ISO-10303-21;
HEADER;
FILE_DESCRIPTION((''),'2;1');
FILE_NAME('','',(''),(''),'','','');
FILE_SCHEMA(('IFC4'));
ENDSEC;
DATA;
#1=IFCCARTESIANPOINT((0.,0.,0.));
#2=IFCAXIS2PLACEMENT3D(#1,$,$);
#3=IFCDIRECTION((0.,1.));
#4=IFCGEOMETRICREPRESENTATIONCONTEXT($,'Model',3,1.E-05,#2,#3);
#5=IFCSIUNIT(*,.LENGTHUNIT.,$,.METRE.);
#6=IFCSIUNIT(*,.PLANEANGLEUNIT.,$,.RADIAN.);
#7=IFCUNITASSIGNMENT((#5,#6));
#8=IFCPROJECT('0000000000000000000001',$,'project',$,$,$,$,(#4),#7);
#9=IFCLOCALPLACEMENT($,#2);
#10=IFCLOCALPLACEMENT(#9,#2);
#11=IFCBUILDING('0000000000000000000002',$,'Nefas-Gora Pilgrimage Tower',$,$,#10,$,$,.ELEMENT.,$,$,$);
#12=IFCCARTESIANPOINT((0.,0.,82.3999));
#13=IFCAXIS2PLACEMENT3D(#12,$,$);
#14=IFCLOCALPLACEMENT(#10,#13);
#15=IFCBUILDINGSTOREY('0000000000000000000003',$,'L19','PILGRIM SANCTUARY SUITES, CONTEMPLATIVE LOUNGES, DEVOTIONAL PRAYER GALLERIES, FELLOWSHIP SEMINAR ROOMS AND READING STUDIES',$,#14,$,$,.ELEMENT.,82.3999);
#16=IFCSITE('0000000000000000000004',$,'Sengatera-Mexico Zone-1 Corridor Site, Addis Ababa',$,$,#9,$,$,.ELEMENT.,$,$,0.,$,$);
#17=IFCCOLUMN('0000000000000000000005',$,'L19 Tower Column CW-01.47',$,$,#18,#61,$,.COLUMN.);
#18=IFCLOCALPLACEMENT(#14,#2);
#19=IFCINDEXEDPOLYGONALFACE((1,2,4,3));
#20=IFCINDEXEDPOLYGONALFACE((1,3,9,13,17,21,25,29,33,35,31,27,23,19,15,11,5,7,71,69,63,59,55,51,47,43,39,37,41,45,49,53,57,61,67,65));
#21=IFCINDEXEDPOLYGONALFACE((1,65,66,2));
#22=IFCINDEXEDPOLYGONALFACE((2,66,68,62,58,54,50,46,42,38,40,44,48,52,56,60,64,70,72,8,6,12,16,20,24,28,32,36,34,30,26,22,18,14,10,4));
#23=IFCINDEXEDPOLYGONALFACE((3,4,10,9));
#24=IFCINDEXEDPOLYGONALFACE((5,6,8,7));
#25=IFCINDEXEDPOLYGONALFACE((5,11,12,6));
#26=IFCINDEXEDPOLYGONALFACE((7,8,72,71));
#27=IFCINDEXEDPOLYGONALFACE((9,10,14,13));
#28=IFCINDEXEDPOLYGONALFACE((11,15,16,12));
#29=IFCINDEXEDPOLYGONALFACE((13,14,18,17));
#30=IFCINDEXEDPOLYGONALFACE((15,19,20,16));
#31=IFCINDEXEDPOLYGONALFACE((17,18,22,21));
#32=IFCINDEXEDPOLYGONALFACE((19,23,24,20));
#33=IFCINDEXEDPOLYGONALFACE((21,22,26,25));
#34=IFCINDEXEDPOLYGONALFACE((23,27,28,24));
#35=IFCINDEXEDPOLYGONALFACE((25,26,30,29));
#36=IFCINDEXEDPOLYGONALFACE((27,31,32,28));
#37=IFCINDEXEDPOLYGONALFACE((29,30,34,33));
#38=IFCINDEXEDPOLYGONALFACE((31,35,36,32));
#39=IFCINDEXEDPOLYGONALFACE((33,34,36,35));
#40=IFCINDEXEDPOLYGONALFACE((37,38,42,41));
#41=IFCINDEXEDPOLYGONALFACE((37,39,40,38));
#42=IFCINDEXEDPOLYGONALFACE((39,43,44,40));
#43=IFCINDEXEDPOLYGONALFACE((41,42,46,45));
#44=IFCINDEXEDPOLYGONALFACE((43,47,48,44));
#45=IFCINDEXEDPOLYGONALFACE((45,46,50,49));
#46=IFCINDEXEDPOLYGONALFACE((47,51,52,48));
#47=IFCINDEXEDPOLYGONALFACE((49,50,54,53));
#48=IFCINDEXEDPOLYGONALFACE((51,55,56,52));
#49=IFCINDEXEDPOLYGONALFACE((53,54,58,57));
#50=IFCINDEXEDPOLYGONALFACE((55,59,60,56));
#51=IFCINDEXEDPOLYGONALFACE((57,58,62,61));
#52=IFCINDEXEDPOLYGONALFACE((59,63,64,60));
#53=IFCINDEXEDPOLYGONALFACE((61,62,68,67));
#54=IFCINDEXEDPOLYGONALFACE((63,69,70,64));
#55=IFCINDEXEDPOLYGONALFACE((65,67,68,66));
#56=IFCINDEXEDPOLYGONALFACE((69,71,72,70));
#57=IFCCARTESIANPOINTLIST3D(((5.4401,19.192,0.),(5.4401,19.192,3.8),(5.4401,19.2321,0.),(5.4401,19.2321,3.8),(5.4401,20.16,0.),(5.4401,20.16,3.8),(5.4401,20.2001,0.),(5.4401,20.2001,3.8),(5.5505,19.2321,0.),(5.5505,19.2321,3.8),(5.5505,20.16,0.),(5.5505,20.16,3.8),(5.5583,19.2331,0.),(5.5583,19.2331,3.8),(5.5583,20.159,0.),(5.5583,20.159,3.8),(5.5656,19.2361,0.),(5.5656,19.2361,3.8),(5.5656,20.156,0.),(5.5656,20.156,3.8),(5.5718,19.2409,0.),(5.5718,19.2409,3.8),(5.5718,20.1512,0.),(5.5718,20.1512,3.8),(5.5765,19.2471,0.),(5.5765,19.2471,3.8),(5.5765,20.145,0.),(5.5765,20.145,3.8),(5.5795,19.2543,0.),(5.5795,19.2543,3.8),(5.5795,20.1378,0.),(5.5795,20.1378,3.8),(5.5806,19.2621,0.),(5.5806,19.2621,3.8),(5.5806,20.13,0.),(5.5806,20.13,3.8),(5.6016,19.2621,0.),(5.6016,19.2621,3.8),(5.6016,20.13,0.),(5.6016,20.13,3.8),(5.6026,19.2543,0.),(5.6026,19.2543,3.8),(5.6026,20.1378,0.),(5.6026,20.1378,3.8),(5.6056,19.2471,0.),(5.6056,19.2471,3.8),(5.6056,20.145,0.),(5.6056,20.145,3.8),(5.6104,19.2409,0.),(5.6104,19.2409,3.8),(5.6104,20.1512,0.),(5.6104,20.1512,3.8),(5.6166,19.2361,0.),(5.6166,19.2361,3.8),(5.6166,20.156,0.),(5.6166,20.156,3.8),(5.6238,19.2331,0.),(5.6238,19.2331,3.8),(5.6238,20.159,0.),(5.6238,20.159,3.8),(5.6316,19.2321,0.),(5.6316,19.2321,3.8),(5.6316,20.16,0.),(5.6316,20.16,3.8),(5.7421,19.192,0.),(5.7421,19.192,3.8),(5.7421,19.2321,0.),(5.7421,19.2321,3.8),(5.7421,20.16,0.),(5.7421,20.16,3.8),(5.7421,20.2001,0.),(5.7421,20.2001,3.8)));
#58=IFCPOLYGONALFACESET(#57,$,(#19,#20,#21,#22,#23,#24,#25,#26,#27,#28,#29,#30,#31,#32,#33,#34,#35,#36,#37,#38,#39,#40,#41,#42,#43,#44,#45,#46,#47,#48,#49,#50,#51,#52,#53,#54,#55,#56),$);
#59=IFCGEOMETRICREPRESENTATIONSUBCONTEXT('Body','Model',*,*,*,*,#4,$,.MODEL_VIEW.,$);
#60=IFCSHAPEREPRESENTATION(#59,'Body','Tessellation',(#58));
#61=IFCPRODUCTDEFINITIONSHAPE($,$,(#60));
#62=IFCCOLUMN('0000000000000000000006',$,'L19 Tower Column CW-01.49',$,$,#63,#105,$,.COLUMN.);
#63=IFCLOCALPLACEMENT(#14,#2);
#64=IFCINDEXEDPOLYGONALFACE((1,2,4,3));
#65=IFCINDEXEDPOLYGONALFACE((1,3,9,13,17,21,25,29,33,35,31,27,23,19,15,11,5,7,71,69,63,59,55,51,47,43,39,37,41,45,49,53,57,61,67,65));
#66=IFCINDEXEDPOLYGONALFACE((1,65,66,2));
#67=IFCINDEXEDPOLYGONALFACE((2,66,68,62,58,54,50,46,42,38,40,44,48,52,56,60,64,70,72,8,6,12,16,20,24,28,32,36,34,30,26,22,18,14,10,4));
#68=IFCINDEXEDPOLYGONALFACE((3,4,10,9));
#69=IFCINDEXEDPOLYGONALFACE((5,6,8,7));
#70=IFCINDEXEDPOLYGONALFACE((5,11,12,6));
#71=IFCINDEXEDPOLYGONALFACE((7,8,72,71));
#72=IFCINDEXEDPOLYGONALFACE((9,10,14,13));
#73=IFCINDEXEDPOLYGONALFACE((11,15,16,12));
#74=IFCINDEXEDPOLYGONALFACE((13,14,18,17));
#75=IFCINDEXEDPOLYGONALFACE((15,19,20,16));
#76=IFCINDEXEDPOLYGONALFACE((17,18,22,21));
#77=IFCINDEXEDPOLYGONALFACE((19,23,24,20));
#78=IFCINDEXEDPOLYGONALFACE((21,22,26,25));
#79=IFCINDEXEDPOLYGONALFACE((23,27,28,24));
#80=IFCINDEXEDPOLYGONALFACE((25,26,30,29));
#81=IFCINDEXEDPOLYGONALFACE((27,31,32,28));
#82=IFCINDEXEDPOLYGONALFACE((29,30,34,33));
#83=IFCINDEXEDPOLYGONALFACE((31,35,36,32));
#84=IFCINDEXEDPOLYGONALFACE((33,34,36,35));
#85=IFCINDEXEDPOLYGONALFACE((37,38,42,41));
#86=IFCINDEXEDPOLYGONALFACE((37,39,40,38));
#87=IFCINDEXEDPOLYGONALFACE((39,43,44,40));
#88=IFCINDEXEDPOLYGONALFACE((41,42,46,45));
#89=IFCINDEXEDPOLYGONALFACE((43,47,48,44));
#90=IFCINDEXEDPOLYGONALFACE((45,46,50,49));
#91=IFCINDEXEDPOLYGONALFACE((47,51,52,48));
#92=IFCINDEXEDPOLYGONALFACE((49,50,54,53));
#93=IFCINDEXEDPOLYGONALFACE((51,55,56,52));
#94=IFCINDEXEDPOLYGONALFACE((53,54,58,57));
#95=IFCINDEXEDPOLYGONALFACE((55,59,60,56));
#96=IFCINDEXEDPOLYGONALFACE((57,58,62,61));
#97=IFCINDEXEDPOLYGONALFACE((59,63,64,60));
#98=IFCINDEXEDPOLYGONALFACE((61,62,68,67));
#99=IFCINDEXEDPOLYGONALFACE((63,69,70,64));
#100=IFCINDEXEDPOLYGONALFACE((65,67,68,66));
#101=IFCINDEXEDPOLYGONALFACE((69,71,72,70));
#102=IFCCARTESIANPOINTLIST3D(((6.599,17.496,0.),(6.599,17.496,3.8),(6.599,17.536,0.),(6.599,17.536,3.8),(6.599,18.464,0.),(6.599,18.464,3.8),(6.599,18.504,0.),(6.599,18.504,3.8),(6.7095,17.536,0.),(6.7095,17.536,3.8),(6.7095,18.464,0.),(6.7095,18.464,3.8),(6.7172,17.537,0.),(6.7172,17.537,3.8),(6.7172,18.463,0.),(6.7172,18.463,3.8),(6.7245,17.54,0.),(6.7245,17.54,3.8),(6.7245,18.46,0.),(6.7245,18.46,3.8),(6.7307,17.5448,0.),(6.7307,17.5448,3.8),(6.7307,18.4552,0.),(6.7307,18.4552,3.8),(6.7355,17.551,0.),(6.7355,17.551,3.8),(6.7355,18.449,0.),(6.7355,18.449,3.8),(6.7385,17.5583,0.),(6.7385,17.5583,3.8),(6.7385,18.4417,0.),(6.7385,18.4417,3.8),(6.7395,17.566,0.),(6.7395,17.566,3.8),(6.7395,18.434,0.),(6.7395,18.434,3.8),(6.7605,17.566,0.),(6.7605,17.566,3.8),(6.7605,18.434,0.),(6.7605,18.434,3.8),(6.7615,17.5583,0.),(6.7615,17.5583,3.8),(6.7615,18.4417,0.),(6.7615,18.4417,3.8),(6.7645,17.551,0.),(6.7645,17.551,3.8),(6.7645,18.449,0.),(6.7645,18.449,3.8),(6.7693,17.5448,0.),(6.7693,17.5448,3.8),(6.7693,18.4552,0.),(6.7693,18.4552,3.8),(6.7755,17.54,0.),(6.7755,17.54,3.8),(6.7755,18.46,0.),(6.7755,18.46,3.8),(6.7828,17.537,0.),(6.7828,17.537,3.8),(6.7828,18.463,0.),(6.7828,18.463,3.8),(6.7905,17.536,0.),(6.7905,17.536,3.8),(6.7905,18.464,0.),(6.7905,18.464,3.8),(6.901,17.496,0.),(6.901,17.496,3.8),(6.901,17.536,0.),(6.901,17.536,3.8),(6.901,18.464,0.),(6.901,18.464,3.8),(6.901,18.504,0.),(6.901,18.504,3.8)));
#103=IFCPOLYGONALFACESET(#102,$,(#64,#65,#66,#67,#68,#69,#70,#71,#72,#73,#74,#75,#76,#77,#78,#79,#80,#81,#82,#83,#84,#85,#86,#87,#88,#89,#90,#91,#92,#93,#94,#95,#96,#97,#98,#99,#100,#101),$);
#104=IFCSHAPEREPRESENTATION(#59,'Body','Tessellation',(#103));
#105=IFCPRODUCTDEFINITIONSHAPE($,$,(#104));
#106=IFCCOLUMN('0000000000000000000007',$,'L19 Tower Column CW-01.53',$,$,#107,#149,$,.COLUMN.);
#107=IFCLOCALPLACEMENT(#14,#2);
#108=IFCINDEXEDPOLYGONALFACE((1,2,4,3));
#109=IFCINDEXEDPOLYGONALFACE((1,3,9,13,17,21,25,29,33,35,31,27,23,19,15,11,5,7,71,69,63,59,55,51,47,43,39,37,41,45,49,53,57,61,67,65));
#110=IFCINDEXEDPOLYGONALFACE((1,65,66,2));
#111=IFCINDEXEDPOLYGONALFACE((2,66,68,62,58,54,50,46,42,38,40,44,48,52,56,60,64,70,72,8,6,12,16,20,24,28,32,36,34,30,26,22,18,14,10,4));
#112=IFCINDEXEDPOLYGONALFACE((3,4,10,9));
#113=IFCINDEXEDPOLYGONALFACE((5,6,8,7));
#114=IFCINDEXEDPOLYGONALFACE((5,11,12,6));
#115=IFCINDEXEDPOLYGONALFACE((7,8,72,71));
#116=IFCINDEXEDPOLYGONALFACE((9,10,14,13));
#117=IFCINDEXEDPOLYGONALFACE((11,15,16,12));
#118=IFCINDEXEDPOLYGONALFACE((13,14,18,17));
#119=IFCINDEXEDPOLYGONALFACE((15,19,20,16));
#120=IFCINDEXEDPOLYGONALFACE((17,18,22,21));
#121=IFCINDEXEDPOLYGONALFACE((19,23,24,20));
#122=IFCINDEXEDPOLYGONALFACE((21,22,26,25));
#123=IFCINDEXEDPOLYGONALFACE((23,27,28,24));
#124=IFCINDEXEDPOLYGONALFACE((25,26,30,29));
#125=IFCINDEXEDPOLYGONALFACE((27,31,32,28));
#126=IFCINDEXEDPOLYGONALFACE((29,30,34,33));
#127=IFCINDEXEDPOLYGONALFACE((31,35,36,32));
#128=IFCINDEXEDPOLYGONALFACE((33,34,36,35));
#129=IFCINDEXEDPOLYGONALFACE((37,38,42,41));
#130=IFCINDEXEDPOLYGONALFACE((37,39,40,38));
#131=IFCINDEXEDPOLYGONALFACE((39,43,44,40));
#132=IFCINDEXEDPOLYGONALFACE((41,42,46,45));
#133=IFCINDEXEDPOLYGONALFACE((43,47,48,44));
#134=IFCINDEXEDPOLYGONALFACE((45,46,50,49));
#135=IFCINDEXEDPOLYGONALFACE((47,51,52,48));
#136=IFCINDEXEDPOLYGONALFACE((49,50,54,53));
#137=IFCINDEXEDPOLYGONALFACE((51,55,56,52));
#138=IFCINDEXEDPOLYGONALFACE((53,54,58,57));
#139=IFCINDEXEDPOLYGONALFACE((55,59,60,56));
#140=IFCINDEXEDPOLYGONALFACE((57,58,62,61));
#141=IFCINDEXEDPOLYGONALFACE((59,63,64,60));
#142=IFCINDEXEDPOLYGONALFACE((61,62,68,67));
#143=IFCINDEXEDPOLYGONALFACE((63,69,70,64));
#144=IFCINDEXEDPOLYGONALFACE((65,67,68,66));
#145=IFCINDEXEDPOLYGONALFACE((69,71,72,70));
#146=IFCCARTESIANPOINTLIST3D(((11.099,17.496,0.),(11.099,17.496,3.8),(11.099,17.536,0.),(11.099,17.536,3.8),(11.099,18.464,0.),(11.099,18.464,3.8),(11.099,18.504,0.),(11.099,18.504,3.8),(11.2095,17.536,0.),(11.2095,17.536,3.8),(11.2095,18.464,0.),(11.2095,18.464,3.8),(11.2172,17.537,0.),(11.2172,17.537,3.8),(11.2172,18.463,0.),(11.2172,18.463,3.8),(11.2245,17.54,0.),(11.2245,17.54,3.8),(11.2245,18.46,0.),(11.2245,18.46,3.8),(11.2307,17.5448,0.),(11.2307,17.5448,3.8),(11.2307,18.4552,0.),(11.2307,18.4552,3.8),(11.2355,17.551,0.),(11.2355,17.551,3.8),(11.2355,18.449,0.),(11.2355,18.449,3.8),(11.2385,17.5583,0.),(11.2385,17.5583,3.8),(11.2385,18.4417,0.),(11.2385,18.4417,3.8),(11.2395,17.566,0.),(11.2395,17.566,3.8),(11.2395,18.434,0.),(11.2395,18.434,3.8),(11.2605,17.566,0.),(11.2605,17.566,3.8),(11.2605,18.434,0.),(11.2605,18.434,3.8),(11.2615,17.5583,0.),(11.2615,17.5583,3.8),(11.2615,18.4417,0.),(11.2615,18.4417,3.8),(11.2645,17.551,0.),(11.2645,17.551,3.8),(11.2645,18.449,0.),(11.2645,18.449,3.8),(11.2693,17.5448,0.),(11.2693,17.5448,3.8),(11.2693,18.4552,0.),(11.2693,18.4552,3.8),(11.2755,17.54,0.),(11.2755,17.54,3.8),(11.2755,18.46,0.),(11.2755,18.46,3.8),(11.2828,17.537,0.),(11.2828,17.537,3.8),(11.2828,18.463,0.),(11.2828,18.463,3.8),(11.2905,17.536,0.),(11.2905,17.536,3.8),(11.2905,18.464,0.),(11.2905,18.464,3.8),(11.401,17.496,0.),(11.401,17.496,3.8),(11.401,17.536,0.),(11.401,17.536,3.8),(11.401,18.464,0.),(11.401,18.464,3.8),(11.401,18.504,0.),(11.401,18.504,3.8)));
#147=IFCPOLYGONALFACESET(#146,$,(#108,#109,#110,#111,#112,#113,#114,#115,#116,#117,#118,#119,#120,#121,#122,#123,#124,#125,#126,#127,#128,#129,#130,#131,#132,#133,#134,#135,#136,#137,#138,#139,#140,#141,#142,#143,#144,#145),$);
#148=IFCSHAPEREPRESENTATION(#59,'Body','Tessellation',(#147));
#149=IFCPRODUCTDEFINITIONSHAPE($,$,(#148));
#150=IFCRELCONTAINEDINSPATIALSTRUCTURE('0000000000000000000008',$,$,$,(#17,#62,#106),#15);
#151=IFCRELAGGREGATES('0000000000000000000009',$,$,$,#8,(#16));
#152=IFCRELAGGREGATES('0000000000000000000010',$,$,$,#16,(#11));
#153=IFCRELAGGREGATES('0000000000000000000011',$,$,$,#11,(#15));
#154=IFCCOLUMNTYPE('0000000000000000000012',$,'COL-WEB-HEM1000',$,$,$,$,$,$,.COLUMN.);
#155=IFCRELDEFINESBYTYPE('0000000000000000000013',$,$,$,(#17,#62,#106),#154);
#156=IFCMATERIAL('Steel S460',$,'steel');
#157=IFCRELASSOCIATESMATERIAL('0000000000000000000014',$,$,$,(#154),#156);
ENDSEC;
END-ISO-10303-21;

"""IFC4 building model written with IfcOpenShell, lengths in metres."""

from ifc_helpers import new_model, si_unit, direction, frame, origin, origin_2d, place, context, subcontext, project, spatial, i_section, extrude, source, transform, mapped, material, material_profile, profile_set, type_object, element, save


model = new_model("IFC4")

# Units and contexts
model_context = context("Model", 3, precision=1e-05, world=origin(), true_north=direction((0.0, 1.0)))
body_context = subcontext(model_context, "Body", "Model", "MODEL_VIEW")
ifc_project = project(units=[si_unit("LENGTHUNIT", "METRE"), si_unit("PLANEANGLEUNIT", "RADIAN")], contexts=[model_context])

# Site, building, storey
site_placement = place(None, origin())
site = spatial("IfcSite", under=ifc_project, at=site_placement, Name="Sengatera-Mexico Zone-1 Corridor Site, Addis Ababa", CompositionType="ELEMENT", RefElevation=0.0)
building_placement = place(site_placement, origin())
building = spatial("IfcBuilding", under=site, at=building_placement, Name="Nefas-Gora Pilgrimage Tower", CompositionType="ELEMENT")
storey_placement = place(building_placement, frame((0.0, 0.0, 82.3999)))
storey = spatial("IfcBuildingStorey", under=building, at=storey_placement, Name="L19", Description="PILGRIM SANCTUARY SUITES, CONTEMPLATIVE LOUNGES, DEVOTIONAL PRAYER GALLERIES, FELLOWSHIP SEMINAR ROOMS AND READING STUDIES", CompositionType="ELEMENT", Elevation=82.3999)

# Columns
ifc_material_1 = material(Name="Steel S460", Category="steel")
ifc_material_profile_1 = material_profile(ifc_material_1, i_section(OverallWidth=0.302, OverallDepth=1.0081, WebThickness=0.021, FlangeThickness=0.04, FilletRadius=0.03, at=origin_2d()), Name="HEM 1000")
ifc_profile_set_1 = profile_set([ifc_material_profile_1], Name="Steel S460")
column_type_1 = type_object("IfcColumnType", Name="COL-WEB-HEM1000", PredefinedType="COLUMN", material=ifc_profile_set_1)
shared_shape_1 = source(origin(), body_context, "Body", "SweptSolid", [
    extrude(i_section(OverallWidth=0.302, OverallDepth=1.0081, WebThickness=0.021, FlangeThickness=0.04, FilletRadius=0.03, at=origin_2d()), origin(), (0.0, 0.0, 1.0), 3.8),
])
for number, where, z_axis, x_axis, name in (
    (1, (5.5911, 19.696, 0.0), (0.0, 0.0, 1.0), (1.0, 0.0, 0.0), "L19 Tower Column CW-01.47"),
    (2, (6.75, 18.0, 0.0), (0.0, 0.0, 1.0), (1.0, 0.0, 0.0), "L19 Tower Column CW-01.49"),
    (3, (11.25, 18.0, 0.0), (0.0, 0.0, 1.0), (1.0, 0.0, 0.0), "L19 Tower Column CW-01.53"),
):
    element("IfcColumn", number, at=place(storey_placement, frame(where, z_axis=z_axis, x_axis=x_axis)), inside=storey, type_object=column_type_1, Name=name, PredefinedType="COLUMN", context=body_context, shape_type="MappedRepresentation", body=[
        mapped(shared_shape_1, transform((0.0, 0.0, 0.0), x_axis=(1.0, 0.0, 0.0), y_axis=(0.0, 1.0, 0.0), z_axis=(0.0, 0.0, 1.0), scale=1.0)),
    ])

save(model, "model.ifc")
